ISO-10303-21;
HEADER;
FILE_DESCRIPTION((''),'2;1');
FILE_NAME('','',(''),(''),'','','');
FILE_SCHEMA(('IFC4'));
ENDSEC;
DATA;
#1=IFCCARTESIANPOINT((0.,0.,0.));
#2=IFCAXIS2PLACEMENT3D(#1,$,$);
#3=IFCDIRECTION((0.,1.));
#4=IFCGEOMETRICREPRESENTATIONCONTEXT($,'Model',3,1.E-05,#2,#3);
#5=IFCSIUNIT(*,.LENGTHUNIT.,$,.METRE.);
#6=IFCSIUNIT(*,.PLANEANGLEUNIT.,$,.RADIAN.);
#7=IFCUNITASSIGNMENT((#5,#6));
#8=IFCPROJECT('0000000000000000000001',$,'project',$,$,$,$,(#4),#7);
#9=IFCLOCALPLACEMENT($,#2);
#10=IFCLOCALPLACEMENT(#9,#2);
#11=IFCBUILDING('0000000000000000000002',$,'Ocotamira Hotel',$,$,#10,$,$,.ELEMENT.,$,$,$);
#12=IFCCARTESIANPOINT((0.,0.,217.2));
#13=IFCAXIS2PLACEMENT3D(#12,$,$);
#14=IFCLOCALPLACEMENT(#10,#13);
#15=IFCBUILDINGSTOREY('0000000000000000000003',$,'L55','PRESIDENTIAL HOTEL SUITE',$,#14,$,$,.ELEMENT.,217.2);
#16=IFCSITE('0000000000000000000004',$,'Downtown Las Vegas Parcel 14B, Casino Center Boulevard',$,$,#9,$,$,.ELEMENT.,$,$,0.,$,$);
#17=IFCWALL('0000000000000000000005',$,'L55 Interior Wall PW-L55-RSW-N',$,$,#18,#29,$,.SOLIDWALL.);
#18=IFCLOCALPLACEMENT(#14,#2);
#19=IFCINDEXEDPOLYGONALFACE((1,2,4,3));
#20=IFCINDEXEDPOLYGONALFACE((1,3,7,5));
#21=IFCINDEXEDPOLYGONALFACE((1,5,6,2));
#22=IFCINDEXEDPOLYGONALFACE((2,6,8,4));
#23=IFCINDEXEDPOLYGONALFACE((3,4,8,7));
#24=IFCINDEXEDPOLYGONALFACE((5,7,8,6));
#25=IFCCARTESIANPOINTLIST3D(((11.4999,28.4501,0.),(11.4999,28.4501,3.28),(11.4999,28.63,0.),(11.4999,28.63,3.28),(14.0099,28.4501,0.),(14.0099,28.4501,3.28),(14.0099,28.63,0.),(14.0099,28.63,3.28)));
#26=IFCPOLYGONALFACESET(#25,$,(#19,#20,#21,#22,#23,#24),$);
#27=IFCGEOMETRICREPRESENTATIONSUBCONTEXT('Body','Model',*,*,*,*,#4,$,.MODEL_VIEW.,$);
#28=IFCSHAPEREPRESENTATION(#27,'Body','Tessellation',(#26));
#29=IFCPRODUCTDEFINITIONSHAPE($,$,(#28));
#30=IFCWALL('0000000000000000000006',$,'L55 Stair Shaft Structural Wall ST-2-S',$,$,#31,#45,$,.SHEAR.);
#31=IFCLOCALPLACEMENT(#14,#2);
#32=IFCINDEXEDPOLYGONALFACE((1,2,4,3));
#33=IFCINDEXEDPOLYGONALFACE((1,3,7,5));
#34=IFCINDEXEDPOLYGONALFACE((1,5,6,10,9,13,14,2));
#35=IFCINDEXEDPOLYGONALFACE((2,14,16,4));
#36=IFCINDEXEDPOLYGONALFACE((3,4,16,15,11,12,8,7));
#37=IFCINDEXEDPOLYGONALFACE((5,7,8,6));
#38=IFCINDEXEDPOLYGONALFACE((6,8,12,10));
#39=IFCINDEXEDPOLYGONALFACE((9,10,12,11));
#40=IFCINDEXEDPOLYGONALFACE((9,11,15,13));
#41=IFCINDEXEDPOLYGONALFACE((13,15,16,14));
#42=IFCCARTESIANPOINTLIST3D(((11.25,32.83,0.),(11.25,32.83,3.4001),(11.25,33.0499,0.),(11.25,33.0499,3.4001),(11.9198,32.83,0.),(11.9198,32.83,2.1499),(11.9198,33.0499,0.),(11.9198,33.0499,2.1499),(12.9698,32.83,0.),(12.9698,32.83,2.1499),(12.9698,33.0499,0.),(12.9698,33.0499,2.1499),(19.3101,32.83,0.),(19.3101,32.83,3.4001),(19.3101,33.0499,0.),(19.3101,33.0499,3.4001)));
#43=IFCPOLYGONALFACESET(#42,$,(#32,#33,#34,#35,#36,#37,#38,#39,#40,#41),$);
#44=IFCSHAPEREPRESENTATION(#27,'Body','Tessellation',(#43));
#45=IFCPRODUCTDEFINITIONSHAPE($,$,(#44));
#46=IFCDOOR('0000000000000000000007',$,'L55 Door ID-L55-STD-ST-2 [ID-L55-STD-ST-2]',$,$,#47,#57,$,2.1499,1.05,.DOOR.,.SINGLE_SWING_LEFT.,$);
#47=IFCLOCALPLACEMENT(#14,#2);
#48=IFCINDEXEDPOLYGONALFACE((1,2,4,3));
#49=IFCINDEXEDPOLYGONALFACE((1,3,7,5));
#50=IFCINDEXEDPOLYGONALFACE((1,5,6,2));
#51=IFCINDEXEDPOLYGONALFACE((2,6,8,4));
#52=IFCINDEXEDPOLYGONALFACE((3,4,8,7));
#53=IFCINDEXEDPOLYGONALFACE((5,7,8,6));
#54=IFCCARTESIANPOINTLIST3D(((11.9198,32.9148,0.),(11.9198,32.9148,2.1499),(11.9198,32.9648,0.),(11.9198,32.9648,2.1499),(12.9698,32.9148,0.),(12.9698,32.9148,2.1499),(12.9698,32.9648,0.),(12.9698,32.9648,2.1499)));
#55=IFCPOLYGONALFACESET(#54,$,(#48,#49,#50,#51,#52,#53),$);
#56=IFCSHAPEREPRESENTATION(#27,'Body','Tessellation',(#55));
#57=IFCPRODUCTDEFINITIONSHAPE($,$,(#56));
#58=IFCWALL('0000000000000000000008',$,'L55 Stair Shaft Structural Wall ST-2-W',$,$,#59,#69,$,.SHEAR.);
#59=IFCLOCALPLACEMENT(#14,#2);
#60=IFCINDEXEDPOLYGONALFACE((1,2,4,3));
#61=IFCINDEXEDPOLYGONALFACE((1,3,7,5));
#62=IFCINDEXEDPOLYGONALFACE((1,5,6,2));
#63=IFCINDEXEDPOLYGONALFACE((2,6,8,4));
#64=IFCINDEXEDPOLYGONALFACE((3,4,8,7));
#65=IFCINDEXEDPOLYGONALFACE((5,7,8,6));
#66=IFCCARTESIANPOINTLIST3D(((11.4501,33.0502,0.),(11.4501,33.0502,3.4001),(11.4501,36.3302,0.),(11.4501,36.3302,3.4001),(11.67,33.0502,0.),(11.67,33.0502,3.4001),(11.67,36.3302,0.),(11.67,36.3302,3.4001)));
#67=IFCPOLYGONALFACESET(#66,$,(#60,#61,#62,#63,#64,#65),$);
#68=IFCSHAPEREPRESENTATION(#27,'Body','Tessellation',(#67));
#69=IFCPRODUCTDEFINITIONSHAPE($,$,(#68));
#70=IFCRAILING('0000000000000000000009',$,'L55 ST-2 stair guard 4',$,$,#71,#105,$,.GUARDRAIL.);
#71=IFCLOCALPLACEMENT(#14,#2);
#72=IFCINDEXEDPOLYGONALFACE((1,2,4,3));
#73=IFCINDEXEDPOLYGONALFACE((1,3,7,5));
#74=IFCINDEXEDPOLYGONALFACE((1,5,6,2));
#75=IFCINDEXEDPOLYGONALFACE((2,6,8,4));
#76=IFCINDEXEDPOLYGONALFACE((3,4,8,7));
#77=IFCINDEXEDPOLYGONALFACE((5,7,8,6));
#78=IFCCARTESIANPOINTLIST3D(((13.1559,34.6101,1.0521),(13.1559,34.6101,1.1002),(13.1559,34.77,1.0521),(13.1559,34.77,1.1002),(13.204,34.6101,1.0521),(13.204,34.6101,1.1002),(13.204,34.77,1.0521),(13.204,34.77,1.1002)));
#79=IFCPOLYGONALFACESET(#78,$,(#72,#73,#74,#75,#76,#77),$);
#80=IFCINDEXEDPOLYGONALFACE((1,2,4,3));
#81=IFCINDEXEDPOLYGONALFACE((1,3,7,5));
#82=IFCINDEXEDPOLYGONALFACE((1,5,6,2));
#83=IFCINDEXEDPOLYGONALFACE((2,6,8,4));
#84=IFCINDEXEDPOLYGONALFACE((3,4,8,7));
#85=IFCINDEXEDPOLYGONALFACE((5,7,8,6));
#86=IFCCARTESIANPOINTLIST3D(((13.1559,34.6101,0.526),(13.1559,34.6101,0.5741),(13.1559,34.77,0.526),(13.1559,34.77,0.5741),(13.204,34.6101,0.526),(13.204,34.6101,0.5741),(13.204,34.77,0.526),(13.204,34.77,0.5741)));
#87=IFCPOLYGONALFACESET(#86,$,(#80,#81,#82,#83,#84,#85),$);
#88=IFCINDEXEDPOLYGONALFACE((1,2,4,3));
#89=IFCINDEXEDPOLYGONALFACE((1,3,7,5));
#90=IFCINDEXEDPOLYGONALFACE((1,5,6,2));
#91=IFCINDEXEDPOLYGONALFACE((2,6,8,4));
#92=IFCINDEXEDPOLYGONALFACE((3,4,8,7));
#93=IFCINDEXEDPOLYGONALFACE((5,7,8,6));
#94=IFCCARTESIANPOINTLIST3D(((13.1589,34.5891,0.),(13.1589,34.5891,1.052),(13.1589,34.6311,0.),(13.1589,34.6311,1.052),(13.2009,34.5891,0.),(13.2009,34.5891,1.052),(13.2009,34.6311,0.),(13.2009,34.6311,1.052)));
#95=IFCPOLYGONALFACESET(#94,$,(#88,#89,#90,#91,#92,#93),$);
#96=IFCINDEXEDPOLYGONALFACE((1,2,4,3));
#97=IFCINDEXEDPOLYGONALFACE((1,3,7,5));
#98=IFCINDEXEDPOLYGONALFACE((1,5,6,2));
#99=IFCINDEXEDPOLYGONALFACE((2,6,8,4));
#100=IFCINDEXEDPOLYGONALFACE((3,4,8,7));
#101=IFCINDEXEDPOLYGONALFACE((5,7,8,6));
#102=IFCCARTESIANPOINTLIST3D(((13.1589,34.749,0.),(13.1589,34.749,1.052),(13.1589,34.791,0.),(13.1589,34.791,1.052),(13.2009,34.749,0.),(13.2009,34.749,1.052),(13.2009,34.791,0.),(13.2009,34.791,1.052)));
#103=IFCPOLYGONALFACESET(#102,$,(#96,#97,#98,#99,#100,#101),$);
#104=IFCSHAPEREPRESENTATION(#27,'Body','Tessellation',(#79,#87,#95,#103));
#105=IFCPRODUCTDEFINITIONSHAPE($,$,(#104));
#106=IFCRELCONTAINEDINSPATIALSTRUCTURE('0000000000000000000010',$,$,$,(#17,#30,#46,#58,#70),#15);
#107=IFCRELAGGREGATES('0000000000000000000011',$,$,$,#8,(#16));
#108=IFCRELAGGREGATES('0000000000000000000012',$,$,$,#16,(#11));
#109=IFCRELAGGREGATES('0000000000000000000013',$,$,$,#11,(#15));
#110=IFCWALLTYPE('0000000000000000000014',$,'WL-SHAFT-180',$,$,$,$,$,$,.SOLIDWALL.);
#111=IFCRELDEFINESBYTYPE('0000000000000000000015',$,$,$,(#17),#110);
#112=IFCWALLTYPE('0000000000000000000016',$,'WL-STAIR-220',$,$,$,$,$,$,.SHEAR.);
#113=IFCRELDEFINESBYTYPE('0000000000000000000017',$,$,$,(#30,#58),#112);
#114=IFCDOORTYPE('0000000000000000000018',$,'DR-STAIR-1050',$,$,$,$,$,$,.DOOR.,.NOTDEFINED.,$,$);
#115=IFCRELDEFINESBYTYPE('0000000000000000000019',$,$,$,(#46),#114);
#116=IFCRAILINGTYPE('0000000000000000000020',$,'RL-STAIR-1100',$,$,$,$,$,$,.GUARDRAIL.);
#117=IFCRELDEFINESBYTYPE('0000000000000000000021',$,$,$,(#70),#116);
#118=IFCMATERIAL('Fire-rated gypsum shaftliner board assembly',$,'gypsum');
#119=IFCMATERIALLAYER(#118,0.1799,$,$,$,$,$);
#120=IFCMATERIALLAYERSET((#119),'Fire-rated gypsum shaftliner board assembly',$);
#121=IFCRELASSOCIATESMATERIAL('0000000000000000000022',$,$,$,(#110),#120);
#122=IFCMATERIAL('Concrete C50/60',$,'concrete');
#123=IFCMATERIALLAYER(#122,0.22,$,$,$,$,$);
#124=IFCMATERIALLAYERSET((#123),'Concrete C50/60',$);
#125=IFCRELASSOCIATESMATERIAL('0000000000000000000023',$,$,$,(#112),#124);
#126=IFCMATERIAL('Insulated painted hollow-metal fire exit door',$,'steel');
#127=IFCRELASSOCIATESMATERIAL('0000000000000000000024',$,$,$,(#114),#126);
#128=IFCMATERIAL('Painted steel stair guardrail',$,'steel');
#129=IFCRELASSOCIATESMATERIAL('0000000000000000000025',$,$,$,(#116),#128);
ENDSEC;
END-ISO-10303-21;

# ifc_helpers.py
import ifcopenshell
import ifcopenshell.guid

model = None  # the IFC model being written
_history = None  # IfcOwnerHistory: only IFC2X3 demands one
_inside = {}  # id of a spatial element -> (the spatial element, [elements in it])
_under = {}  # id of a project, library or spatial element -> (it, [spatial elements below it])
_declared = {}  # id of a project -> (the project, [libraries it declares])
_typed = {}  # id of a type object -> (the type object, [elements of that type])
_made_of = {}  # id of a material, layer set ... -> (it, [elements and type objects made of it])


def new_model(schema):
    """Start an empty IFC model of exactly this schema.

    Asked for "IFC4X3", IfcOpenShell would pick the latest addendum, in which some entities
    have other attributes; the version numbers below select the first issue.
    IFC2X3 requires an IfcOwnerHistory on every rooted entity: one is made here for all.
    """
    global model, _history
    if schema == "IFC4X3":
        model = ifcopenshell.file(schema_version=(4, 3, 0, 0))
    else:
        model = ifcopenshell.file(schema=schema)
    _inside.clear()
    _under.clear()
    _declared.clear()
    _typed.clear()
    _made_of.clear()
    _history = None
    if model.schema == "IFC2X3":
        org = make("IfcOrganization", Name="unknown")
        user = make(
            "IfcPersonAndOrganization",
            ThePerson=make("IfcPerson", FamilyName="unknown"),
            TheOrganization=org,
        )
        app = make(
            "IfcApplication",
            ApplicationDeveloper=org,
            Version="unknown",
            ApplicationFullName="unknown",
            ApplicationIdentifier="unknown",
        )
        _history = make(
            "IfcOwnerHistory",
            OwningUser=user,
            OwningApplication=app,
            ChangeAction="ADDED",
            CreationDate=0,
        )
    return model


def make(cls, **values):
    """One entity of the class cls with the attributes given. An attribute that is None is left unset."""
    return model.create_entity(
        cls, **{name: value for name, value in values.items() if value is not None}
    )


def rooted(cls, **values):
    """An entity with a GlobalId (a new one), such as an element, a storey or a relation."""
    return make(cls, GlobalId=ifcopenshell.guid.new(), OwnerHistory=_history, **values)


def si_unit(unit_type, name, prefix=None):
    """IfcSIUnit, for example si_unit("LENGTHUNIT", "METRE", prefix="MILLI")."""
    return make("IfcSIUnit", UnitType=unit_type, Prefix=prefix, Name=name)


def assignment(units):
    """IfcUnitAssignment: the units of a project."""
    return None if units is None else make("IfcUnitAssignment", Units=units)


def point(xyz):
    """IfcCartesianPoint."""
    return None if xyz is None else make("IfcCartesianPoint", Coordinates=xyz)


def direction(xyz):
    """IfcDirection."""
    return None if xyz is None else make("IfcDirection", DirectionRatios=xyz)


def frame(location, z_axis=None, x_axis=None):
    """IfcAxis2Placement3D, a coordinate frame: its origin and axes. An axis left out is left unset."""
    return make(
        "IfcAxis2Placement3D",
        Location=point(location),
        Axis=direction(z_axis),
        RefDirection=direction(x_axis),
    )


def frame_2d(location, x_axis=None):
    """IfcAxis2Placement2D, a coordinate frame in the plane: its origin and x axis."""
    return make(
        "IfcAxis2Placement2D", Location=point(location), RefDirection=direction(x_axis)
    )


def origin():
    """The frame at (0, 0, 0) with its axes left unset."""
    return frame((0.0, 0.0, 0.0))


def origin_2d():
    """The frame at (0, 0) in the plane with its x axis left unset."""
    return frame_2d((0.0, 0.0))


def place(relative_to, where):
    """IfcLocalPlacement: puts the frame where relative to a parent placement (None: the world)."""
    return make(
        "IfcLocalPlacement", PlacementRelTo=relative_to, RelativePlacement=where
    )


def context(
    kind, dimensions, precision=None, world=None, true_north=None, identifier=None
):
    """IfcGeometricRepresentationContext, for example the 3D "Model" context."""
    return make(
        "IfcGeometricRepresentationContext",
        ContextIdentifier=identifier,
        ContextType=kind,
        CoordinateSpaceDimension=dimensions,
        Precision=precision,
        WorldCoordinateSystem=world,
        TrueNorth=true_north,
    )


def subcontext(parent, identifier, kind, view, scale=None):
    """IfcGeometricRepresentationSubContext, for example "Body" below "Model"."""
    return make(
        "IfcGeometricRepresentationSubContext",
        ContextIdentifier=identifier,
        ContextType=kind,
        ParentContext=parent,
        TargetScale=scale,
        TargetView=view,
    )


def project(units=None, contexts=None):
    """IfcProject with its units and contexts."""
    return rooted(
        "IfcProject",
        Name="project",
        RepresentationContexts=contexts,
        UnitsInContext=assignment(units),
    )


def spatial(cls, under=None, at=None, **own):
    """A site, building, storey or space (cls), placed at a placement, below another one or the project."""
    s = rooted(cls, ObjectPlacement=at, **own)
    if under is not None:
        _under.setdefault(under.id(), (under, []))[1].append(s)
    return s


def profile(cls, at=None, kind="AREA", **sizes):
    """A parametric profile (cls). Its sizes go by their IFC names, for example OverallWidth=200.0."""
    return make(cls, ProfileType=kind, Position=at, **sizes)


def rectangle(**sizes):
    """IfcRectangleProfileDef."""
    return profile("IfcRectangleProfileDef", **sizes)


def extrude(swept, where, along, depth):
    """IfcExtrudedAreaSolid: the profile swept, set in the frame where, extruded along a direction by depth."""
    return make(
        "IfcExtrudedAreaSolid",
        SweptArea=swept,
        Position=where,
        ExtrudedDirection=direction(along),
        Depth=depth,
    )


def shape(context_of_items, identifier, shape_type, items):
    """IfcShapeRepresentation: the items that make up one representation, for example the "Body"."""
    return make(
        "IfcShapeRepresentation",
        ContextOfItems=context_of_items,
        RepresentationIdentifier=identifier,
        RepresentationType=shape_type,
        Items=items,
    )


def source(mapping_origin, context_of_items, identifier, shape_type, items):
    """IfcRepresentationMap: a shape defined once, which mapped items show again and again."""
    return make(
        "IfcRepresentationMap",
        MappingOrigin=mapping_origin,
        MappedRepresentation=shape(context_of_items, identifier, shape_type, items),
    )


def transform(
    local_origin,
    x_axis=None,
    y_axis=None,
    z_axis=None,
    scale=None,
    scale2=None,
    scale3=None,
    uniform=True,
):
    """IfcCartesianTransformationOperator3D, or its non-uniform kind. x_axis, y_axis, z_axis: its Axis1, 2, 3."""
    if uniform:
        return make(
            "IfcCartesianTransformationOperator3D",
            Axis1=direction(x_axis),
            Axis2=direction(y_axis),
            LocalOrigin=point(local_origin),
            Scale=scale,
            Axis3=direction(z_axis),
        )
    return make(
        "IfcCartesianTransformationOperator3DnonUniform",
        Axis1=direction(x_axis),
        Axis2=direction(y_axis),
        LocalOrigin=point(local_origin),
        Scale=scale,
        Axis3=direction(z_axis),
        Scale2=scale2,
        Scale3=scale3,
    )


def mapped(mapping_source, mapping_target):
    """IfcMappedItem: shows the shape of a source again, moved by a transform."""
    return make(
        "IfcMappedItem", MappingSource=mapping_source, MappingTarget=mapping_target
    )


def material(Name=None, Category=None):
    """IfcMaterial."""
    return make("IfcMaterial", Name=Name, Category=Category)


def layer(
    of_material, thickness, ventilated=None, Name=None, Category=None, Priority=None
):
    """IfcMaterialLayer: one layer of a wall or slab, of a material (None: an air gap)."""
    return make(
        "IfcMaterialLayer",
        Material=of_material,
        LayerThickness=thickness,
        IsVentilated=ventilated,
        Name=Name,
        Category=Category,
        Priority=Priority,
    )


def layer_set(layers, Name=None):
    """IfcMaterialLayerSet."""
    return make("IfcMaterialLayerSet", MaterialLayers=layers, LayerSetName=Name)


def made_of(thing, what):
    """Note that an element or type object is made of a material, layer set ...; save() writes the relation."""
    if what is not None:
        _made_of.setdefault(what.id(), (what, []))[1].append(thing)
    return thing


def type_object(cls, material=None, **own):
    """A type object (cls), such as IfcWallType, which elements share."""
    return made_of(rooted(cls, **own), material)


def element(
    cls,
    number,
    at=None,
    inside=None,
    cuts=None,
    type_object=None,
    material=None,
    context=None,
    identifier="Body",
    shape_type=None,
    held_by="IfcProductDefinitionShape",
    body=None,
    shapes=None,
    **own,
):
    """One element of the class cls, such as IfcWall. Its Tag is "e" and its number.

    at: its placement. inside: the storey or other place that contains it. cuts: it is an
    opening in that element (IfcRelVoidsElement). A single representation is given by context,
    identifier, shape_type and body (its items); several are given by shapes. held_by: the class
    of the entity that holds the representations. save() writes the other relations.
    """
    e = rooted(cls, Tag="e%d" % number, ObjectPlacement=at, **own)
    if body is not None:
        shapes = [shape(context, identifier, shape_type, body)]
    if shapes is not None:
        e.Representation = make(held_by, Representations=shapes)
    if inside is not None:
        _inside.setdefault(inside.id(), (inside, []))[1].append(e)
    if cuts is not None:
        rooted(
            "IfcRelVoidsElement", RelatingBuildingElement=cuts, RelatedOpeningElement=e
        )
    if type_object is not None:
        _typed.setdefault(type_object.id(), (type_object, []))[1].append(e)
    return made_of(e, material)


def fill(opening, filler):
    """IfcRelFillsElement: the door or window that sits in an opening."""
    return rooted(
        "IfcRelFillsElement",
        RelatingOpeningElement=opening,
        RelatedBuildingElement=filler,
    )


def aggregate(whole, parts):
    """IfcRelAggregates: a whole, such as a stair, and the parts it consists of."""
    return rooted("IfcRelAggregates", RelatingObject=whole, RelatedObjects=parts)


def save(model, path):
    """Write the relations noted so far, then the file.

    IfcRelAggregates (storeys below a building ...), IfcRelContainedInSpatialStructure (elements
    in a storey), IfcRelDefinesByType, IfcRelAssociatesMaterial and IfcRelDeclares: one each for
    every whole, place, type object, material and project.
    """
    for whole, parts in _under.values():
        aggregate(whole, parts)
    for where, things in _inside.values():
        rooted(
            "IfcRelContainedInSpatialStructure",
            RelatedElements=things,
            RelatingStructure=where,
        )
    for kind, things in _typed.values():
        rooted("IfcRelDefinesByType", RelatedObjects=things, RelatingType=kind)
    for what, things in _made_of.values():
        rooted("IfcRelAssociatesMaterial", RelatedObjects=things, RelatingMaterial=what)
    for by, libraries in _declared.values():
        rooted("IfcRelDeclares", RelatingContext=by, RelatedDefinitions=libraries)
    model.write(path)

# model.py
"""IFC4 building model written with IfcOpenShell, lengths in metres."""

from ifc_helpers import new_model, si_unit, direction, frame, frame_2d, origin, origin_2d, place, context, subcontext, project, spatial, rectangle, extrude, source, transform, mapped, material, layer, layer_set, type_object, element, fill, save


model = new_model("IFC4")

# Units and contexts
model_context = context("Model", 3, precision=1e-05, world=origin(), true_north=direction((0.0, 1.0)))
body_context = subcontext(model_context, "Body", "Model", "MODEL_VIEW")
ifc_project = project(units=[si_unit("LENGTHUNIT", "METRE"), si_unit("PLANEANGLEUNIT", "RADIAN")], contexts=[model_context])

# Site, building, storey
site_placement = place(None, origin())
site = spatial("IfcSite", under=ifc_project, at=site_placement, Name="Downtown Las Vegas Parcel 14B, Casino Center Boulevard", CompositionType="ELEMENT", RefElevation=0.0)
building_placement = place(site_placement, origin())
building = spatial("IfcBuilding", under=site, at=building_placement, Name="Ocotamira Hotel", CompositionType="ELEMENT")
storey_placement = place(building_placement, frame((0.0, 0.0, 217.2)))
storey = spatial("IfcBuildingStorey", under=building, at=storey_placement, Name="L55", Description="PRESIDENTIAL HOTEL SUITE", CompositionType="ELEMENT", Elevation=217.2)

# Wall
ifc_material_1 = material(Name="Fire-rated gypsum shaftliner board assembly", Category="gypsum")
ifc_layer_1 = layer(ifc_material_1, 0.1799)
ifc_layer_set_1 = layer_set([ifc_layer_1], Name="Fire-rated gypsum shaftliner board assembly")
wall_type_1 = type_object("IfcWallType", Name="WL-SHAFT-180", PredefinedType="SOLIDWALL", material=ifc_layer_set_1)
for number, where, z_axis, x_axis, name in (
    (1, (11.5, 28.54, 0.0), (0.0, 0.0, 1.0), (1.0, 0.0, 0.0), "L55 Interior Wall PW-L55-RSW-N"),
):
    element("IfcWall", number, at=place(storey_placement, frame(where, z_axis=z_axis, x_axis=x_axis)), inside=storey, type_object=wall_type_1, Name=name, PredefinedType="SOLIDWALL", context=body_context, shape_type="SweptSolid", body=[
        extrude(rectangle(XDim=2.51, YDim=0.1799, at=frame_2d((1.2549, 0.0))), origin(), (0.0, 0.0, 1.0), 3.28),
    ])

# Wall, opening, door
ifc_material_2 = material(Name="Concrete C50/60", Category="concrete")
ifc_layer_2 = layer(ifc_material_2, 0.22)
ifc_layer_set_2 = layer_set([ifc_layer_2], Name="Concrete C50/60")
wall_type_2 = type_object("IfcWallType", Name="WL-STAIR-220", PredefinedType="SHEAR", material=ifc_layer_set_2)
wall_1_placement = place(storey_placement, frame((11.25, 32.9399, 0.0), z_axis=(0.0, 0.0, 1.0), x_axis=(1.0, 0.0, 0.0)))
wall_1 = element("IfcWall", 2, at=wall_1_placement, inside=storey, type_object=wall_type_2, Name="L55 Stair Shaft Structural Wall ST-2-S", PredefinedType="SHEAR", context=body_context, shape_type="SweptSolid", body=[
    extrude(rectangle(XDim=8.0601, YDim=0.22, at=frame_2d((4.03, 0.0))), origin(), (0.0, 0.0, 1.0), 3.4001),
])
opening_placement = place(wall_1_placement, frame((0.6699, 0.0, 0.0)))
opening = element("IfcOpeningElement", 3, at=opening_placement, cuts=wall_1, PredefinedType="OPENING", context=body_context, shape_type="SweptSolid", body=[
    extrude(rectangle(XDim=1.05, YDim=2.1499, at=frame_2d((0.5249, 1.075))), frame((0.0, 0.1201, 0.0), z_axis=(0.0, -1.0, 0.0), x_axis=(1.0, 0.0, 0.0)), (0.0, 0.0, 1.0), 0.24),
])
ifc_material_3 = material(Name="Insulated painted hollow-metal fire exit door", Category="steel")
door_type = type_object("IfcDoorType", Name="DR-STAIR-1050", OperationType="NOTDEFINED", PredefinedType="DOOR", material=ifc_material_3)
shared_shape_1 = source(origin(), body_context, "Body", "SweptSolid", [
    extrude(rectangle(XDim=1.05, YDim=2.1499, at=frame_2d((0.5249, 1.075))), frame((0.0, 0.0249, 0.0), z_axis=(0.0, -1.0, 0.0), x_axis=(1.0, 0.0, 0.0)), (0.0, 0.0, 1.0), 0.05),
])
door_placement = place(opening_placement, origin())
door = element("IfcDoor", 4, at=door_placement, inside=storey, type_object=door_type, Name="L55 Door ID-L55-STD-ST-2 [ID-L55-STD-ST-2]", OperationType="SINGLE_SWING_LEFT", OverallHeight=2.1499, OverallWidth=1.05, PredefinedType="DOOR", context=body_context, shape_type="MappedRepresentation", body=[
    mapped(shared_shape_1, transform((0.0, 0.0, 0.0), scale=1.0)),
])
fill(opening, door)

# Wall
wall_2_placement = place(storey_placement, frame((11.5601, 33.05, 0.0), z_axis=(0.0, 0.0, 1.0), x_axis=(0.0, 1.0, 0.0)))
element("IfcWall", 5, at=wall_2_placement, inside=storey, type_object=wall_type_2, Name="L55 Stair Shaft Structural Wall ST-2-W", PredefinedType="SHEAR", context=body_context, shape_type="SweptSolid", body=[
    extrude(rectangle(XDim=3.28, YDim=0.22, at=frame_2d((1.6401, 0.0))), origin(), (0.0, 0.0, 1.0), 3.4001),
])

# Railing
ifc_material_4 = material(Name="Painted steel stair guardrail", Category="steel")
railing_type = type_object("IfcRailingType", Name="RL-STAIR-1100", PredefinedType="GUARDRAIL", material=ifc_material_4)
railing_placement = place(storey_placement, frame((13.1799, 34.6101, 0.0)))
element("IfcRailing", 6, at=railing_placement, inside=storey, type_object=railing_type, Name="L55 ST-2 stair guard 4", PredefinedType="GUARDRAIL", context=body_context, shape_type="SweptSolid", body=[
    extrude(rectangle(XDim=0.0481, YDim=0.0481, at=origin_2d()), frame((0.0, 0.0, 1.0762), z_axis=(0.0, 1.0, 0.0), x_axis=(-1.0, 0.0, 0.0)), (0.0, 0.0, 1.0), 0.1599),
    extrude(rectangle(XDim=0.0481, YDim=0.0481, at=origin_2d()), frame((0.0, 0.0, 0.55), z_axis=(0.0, 1.0, 0.0), x_axis=(-1.0, 0.0, 0.0)), (0.0, 0.0, 1.0), 0.1599),
    extrude(rectangle(XDim=0.042, YDim=0.042, at=origin_2d()), origin(), (0.0, 0.0, 1.0), 1.052),
    extrude(rectangle(XDim=0.042, YDim=0.042, at=origin_2d()), frame((0.0, 0.1599, 0.0)), (0.0, 0.0, 1.0), 1.052),
])

save(model, "model.ifc")
